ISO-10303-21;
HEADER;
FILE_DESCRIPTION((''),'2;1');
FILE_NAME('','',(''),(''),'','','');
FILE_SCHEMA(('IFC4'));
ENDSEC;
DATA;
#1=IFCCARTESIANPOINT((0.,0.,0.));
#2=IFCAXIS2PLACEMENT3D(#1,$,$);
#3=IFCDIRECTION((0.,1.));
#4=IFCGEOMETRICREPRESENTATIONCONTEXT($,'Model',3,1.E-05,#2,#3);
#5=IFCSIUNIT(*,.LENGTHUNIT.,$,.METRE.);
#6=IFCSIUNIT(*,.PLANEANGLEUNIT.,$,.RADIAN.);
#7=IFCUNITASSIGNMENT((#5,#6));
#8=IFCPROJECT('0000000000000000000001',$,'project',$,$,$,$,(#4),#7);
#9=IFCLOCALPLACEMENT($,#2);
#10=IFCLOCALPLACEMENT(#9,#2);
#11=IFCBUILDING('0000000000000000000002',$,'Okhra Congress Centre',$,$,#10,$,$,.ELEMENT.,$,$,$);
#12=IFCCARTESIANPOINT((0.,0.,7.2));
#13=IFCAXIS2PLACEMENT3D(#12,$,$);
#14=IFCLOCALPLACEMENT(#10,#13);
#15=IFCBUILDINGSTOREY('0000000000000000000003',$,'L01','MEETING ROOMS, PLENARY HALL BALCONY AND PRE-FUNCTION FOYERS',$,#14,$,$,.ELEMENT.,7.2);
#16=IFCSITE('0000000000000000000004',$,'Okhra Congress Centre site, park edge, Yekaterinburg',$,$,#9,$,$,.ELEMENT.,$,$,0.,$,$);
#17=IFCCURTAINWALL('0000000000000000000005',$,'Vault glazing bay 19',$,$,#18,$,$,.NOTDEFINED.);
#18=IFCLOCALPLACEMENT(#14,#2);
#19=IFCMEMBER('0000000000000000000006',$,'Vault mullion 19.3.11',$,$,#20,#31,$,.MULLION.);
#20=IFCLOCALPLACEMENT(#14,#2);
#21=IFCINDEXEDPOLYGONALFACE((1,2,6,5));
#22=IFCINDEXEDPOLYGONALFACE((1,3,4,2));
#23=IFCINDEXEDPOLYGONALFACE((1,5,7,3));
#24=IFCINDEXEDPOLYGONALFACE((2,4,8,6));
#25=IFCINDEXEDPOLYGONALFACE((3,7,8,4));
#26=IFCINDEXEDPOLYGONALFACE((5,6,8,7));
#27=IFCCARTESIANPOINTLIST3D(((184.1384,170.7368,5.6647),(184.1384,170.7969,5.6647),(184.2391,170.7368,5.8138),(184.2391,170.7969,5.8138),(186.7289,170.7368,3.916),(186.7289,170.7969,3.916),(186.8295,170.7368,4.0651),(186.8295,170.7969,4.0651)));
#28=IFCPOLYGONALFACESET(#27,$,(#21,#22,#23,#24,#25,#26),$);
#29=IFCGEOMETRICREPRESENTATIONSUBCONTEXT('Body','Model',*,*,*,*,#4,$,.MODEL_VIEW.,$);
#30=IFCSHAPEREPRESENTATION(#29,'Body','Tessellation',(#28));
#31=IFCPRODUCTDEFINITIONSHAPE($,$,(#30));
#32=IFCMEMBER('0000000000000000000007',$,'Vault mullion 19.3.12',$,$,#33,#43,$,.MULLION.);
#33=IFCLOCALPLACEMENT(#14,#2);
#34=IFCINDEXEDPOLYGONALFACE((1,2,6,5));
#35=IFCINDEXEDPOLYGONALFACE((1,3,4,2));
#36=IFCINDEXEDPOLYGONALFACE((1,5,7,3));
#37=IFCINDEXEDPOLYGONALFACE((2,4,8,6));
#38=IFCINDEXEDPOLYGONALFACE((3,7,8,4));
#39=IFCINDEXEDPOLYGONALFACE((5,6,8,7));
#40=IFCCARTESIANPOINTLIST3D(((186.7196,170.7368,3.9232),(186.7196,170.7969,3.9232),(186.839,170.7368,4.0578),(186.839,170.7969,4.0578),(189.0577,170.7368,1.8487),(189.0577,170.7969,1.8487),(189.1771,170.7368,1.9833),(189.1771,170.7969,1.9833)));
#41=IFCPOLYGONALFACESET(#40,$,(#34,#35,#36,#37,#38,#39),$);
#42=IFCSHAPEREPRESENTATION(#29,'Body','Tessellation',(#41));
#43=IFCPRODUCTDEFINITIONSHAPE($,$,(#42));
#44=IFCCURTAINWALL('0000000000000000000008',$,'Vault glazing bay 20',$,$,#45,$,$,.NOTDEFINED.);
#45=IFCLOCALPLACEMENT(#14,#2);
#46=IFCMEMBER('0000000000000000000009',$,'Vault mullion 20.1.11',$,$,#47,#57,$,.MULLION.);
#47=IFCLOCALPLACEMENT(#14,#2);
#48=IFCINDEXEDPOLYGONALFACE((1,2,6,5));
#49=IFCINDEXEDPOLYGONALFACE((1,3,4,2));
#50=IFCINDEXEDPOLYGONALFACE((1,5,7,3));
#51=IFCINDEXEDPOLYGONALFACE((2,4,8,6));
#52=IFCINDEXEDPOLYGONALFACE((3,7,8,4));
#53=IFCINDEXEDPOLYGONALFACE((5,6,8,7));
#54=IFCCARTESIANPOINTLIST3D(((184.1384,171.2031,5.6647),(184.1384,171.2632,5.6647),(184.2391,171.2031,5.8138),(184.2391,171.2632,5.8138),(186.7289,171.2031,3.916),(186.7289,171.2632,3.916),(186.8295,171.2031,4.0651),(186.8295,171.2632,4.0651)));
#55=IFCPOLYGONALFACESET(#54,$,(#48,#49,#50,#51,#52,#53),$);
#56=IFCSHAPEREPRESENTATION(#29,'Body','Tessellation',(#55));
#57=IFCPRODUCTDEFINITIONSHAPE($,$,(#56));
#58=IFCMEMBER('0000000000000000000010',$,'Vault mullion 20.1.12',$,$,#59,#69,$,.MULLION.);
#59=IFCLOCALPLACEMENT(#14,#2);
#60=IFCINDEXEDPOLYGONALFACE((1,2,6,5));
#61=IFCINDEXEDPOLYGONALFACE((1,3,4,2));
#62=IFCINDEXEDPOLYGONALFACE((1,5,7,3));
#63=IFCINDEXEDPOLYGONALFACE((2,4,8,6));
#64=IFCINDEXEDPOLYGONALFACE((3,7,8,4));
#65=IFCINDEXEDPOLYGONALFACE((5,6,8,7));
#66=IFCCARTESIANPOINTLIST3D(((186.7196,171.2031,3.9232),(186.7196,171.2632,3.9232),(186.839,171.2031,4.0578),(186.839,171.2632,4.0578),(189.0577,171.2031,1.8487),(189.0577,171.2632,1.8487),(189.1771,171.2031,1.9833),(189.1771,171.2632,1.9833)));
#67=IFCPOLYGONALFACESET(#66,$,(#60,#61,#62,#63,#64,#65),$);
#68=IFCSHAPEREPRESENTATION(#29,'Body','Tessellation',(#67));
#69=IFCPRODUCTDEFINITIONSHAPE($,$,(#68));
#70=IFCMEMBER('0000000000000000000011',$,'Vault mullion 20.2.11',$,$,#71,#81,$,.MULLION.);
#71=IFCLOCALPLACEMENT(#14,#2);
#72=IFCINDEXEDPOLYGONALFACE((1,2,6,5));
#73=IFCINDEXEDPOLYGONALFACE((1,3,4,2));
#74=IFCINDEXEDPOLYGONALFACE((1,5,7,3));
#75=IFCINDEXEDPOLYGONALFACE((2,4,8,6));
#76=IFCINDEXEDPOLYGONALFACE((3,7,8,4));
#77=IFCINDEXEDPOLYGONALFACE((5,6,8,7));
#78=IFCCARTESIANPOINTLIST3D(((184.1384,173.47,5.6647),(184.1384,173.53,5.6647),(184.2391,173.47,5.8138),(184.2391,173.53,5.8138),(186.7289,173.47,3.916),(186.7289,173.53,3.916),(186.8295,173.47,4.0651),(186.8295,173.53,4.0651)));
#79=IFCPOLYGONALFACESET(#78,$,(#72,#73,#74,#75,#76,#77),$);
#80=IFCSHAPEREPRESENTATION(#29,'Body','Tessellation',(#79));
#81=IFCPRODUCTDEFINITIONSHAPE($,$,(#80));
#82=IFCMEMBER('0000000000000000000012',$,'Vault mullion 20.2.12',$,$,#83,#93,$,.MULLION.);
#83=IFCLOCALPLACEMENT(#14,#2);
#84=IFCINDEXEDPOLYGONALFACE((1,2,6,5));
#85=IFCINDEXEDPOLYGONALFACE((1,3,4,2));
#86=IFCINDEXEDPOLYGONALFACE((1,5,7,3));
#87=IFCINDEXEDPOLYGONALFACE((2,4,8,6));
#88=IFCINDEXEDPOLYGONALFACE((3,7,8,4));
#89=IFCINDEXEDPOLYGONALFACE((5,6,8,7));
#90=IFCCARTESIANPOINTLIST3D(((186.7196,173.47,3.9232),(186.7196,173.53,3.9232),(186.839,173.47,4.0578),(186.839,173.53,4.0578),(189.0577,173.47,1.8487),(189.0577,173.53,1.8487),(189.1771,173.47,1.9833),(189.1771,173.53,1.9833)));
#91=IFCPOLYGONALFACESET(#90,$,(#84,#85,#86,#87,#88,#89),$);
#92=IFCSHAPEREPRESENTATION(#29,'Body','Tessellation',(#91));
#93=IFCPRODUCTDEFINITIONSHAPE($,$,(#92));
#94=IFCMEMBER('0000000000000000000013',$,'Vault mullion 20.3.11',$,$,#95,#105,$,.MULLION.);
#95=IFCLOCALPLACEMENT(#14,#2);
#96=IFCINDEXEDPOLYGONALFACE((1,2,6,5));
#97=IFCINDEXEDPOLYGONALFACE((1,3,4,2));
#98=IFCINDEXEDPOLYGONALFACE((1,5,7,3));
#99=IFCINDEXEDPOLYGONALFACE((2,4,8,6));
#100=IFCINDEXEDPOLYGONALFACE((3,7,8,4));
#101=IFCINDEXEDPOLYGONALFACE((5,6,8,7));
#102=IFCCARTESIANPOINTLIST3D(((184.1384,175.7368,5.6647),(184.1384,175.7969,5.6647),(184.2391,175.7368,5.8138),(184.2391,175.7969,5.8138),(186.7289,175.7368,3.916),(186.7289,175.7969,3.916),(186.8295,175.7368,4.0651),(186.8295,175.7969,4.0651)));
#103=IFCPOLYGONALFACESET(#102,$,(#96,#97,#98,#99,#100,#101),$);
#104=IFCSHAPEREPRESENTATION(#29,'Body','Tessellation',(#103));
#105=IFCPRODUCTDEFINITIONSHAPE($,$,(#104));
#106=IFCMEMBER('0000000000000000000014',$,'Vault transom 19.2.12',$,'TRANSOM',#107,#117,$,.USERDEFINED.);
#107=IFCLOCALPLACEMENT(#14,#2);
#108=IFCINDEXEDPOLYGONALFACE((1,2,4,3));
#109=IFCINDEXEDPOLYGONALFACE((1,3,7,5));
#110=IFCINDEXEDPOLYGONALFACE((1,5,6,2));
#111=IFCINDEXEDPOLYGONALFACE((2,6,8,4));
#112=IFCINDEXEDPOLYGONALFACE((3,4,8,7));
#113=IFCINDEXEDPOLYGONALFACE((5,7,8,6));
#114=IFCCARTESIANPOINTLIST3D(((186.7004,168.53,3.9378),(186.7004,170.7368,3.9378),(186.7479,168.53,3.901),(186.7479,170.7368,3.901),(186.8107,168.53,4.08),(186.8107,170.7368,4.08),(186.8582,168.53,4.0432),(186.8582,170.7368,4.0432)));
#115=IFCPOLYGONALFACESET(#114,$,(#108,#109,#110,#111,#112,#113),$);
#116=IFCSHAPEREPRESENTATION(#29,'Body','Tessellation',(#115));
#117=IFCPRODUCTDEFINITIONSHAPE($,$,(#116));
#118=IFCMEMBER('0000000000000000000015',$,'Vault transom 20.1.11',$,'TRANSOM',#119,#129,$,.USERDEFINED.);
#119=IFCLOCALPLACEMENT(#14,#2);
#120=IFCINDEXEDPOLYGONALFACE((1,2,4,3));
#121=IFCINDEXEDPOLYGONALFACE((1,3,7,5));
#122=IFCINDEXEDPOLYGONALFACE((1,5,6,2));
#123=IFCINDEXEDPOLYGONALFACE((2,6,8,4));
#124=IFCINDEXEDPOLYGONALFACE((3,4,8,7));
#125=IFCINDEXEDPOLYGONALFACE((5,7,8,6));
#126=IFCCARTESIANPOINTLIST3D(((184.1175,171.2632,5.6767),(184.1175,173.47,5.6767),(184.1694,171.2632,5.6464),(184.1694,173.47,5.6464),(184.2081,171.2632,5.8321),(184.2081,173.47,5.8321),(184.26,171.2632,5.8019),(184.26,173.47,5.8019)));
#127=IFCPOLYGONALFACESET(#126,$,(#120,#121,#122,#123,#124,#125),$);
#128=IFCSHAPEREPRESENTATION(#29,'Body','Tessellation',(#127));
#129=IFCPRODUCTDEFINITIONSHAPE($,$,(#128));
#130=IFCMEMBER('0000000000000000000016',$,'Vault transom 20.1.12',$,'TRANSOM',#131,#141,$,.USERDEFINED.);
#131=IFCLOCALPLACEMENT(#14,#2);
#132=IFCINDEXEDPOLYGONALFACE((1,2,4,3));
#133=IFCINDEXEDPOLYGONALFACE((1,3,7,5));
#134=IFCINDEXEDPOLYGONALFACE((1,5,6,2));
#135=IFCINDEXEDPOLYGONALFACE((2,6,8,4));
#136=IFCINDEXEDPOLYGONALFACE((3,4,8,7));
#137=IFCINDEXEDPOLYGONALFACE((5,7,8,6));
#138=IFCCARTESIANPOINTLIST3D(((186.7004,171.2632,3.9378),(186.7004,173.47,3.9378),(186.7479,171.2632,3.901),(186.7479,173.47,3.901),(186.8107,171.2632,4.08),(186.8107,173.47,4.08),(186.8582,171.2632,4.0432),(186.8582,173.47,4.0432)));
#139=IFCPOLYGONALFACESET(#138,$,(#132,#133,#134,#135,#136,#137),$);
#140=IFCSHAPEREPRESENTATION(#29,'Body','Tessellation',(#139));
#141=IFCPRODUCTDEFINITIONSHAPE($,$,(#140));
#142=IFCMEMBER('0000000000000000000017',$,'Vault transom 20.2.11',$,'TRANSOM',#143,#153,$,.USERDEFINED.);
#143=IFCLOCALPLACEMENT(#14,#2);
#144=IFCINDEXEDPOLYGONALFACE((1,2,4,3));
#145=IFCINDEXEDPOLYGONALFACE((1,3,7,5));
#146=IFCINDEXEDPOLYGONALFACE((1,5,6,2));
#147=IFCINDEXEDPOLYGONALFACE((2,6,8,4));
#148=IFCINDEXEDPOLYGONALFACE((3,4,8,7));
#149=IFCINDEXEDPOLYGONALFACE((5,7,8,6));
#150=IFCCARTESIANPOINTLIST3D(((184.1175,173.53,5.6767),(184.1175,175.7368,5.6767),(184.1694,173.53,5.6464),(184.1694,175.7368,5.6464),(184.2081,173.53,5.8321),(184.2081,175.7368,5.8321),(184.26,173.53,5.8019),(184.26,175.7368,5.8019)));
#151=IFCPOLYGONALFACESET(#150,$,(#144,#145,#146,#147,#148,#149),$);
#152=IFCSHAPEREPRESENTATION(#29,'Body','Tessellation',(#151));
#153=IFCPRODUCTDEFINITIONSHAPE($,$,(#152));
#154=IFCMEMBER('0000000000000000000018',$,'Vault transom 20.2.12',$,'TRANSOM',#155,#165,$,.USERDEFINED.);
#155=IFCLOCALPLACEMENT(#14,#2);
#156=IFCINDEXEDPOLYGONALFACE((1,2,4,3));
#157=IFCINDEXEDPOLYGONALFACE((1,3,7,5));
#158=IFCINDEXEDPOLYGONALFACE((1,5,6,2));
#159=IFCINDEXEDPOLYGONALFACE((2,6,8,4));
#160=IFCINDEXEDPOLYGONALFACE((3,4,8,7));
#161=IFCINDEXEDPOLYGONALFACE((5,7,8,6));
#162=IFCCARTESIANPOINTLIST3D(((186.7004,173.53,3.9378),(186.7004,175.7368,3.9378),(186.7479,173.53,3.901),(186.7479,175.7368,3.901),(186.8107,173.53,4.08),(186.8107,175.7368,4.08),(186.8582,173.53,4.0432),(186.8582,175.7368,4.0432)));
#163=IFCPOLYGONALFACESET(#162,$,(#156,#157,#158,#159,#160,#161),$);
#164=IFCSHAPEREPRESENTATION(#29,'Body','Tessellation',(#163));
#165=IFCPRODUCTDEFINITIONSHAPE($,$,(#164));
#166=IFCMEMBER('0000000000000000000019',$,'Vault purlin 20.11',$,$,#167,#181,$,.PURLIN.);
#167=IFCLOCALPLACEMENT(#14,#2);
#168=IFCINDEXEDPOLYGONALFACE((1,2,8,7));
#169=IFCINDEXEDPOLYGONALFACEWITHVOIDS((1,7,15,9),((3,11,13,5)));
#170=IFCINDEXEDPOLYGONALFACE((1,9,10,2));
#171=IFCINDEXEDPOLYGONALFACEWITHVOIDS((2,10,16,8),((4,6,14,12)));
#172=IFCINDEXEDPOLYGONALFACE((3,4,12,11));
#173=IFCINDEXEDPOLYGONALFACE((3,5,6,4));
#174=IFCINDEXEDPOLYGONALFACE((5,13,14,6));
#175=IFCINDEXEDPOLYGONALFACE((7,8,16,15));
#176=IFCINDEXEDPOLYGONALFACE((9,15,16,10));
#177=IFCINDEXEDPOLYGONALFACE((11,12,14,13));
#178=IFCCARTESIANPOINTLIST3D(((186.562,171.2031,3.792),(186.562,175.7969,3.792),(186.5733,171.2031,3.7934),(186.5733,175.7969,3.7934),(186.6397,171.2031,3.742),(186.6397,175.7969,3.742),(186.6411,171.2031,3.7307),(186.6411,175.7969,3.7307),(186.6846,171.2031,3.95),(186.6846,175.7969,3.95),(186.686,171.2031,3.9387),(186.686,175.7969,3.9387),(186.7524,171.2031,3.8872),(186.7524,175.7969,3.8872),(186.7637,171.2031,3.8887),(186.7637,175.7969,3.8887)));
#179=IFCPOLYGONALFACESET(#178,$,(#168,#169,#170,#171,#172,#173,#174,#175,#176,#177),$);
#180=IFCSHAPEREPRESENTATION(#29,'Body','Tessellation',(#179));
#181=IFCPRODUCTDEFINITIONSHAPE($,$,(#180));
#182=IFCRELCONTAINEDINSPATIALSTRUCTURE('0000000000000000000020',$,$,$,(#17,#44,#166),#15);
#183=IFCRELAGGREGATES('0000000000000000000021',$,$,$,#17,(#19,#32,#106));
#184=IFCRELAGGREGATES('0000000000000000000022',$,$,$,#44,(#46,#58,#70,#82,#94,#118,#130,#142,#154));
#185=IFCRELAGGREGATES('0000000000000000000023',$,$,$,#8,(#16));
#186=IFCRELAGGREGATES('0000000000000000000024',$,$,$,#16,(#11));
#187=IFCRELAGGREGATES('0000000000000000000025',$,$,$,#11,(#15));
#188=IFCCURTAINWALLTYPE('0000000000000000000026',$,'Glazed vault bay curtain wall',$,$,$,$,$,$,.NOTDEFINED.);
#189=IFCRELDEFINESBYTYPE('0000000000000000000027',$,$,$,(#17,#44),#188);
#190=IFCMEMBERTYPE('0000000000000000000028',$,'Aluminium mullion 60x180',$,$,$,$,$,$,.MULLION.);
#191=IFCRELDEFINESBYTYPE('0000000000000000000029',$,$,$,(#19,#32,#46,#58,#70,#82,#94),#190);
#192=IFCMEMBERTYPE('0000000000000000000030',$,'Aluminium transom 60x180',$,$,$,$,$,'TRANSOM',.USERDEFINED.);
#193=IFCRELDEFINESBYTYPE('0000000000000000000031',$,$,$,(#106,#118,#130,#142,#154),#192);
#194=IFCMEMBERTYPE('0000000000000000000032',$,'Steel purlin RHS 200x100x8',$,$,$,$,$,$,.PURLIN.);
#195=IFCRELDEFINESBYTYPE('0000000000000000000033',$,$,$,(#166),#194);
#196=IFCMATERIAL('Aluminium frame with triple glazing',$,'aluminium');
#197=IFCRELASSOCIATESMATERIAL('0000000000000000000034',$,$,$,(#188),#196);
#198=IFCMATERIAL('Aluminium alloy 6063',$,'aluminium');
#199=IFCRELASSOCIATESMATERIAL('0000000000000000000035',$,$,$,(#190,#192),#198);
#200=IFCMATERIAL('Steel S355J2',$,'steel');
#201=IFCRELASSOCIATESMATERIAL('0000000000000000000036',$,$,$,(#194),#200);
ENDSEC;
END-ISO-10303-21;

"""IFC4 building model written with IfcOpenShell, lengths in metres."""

from ifc_helpers import new_model, si_unit, direction, frame, origin, origin_2d, place, context, subcontext, project, spatial, rectangle, hollow_rectangle, extrude, material, material_profile, profile_set, type_object, element, aggregate, save


model = new_model("IFC4")

# Units and contexts
model_context = context("Model", 3, precision=1e-05, world=origin(), true_north=direction((0.0, 1.0)))
body_context = subcontext(model_context, "Body", "Model", "MODEL_VIEW")
ifc_project = project(units=[si_unit("LENGTHUNIT", "METRE"), si_unit("PLANEANGLEUNIT", "RADIAN")], contexts=[model_context])

# Site, building, storey
site_placement = place(None, origin())
site = spatial("IfcSite", under=ifc_project, at=site_placement, Name="Okhra Congress Centre site, park edge, Yekaterinburg", CompositionType="ELEMENT", RefElevation=0.0)
building_placement = place(site_placement, origin())
building = spatial("IfcBuilding", under=site, at=building_placement, Name="Okhra Congress Centre", CompositionType="ELEMENT")
storey_placement = place(building_placement, frame((0.0, 0.0, 7.2)))
storey = spatial("IfcBuildingStorey", under=building, at=storey_placement, Name="L01", Description="MEETING ROOMS, PLENARY HALL BALCONY AND PRE-FUNCTION FOYERS", CompositionType="ELEMENT", Elevation=7.2)

# Curtain walls, members
ifc_material_1 = material(Name="Aluminium frame with triple glazing", Category="aluminium")
curtain_wall_type = type_object("IfcCurtainWallType", Name="Glazed vault bay curtain wall", PredefinedType="NOTDEFINED", material=ifc_material_1)
curtain_wall_1_placement = place(storey_placement, origin())
curtain_wall_1 = element("IfcCurtainWall", 1, at=curtain_wall_1_placement, inside=storey, type_object=curtain_wall_type, Name="Vault glazing bay 19", PredefinedType="NOTDEFINED")
ifc_material_2 = material(Name="Aluminium alloy 6063", Category="aluminium")
ifc_material_profile_1 = material_profile(ifc_material_2, rectangle(XDim=0.0601, YDim=0.1799, at=origin_2d()), Name="AL 60x180")
ifc_profile_set_1 = profile_set([ifc_material_profile_1], Name="Aluminium alloy 6063")
member_type_1 = type_object("IfcMemberType", Name="Aluminium mullion 60x180", PredefinedType="MULLION", material=ifc_profile_set_1)
member_1_placement = place(storey_placement, frame((184.1887, 170.7668, 5.7393), z_axis=(0.828828, 0.0, -0.559504), x_axis=(0.0, 1.0, 0.0)))
member_1 = element("IfcMember", 2, at=member_1_placement, type_object=member_type_1, Name="Vault mullion 19.3.11", PredefinedType="MULLION", context=body_context, shape_type="SweptSolid", body=[
    extrude(rectangle(XDim=0.0601, YDim=0.1799, at=origin_2d()), origin(), (0.0, 0.0, 1.0), 3.1255),
])
member_2_placement = place(storey_placement, frame((186.7793, 170.7668, 3.9905), z_axis=(0.748025, 0.0, -0.66367), x_axis=(0.0, 1.0, 0.0)))
member_2 = element("IfcMember", 3, at=member_2_placement, type_object=member_type_1, Name="Vault mullion 19.3.12", PredefinedType="MULLION", context=body_context, shape_type="SweptSolid", body=[
    extrude(rectangle(XDim=0.0601, YDim=0.1799, at=origin_2d()), origin(), (0.0, 0.0, 1.0), 3.1257),
])
curtain_wall_2_placement = place(storey_placement, origin())
curtain_wall_2 = element("IfcCurtainWall", 4, at=curtain_wall_2_placement, inside=storey, type_object=curtain_wall_type, Name="Vault glazing bay 20", PredefinedType="NOTDEFINED")
member_3_placement = place(storey_placement, frame((184.1887, 171.2332, 5.7393), z_axis=(0.828828, 0.0, -0.559504), x_axis=(0.0, 1.0, 0.0)))
member_3 = element("IfcMember", 5, at=member_3_placement, type_object=member_type_1, Name="Vault mullion 20.1.11", PredefinedType="MULLION", context=body_context, shape_type="SweptSolid", body=[
    extrude(rectangle(XDim=0.0601, YDim=0.1799, at=origin_2d()), origin(), (0.0, 0.0, 1.0), 3.1255),
])
member_4_placement = place(storey_placement, frame((186.7793, 171.2332, 3.9905), z_axis=(0.748025, 0.0, -0.66367), x_axis=(0.0, 1.0, 0.0)))
member_4 = element("IfcMember", 6, at=member_4_placement, type_object=member_type_1, Name="Vault mullion 20.1.12", PredefinedType="MULLION", context=body_context, shape_type="SweptSolid", body=[
    extrude(rectangle(XDim=0.0601, YDim=0.1799, at=origin_2d()), origin(), (0.0, 0.0, 1.0), 3.1257),
])
member_5_placement = place(storey_placement, frame((184.1887, 173.5, 5.7393), z_axis=(0.828828, 0.0, -0.559504), x_axis=(0.0, 1.0, 0.0)))
member_5 = element("IfcMember", 7, at=member_5_placement, type_object=member_type_1, Name="Vault mullion 20.2.11", PredefinedType="MULLION", context=body_context, shape_type="SweptSolid", body=[
    extrude(rectangle(XDim=0.0601, YDim=0.1799, at=origin_2d()), origin(), (0.0, 0.0, 1.0), 3.1255),
])
member_6_placement = place(storey_placement, frame((186.7793, 173.5, 3.9905), z_axis=(0.748025, 0.0, -0.66367), x_axis=(0.0, 1.0, 0.0)))
member_6 = element("IfcMember", 8, at=member_6_placement, type_object=member_type_1, Name="Vault mullion 20.2.12", PredefinedType="MULLION", context=body_context, shape_type="SweptSolid", body=[
    extrude(rectangle(XDim=0.0601, YDim=0.1799, at=origin_2d()), origin(), (0.0, 0.0, 1.0), 3.1257),
])
member_7_placement = place(storey_placement, frame((184.1887, 175.7668, 5.7393), z_axis=(0.828828, 0.0, -0.559504), x_axis=(0.0, 1.0, 0.0)))
member_7 = element("IfcMember", 9, at=member_7_placement, type_object=member_type_1, Name="Vault mullion 20.3.11", PredefinedType="MULLION", context=body_context, shape_type="SweptSolid", body=[
    extrude(rectangle(XDim=0.0601, YDim=0.1799, at=origin_2d()), origin(), (0.0, 0.0, 1.0), 3.1255),
])

# Members
ifc_material_profile_2 = material_profile(ifc_material_2, rectangle(XDim=0.0601, YDim=0.1799, at=origin_2d()), Name="AL 60x180 transom")
ifc_profile_set_2 = profile_set([ifc_material_profile_2], Name="Aluminium alloy 6063")
member_type_2 = type_object("IfcMemberType", Name="Aluminium transom 60x180", ElementType="TRANSOM", PredefinedType="USERDEFINED", material=ifc_profile_set_2)
member_8_placement = place(storey_placement, frame((186.7793, 168.53, 3.9905), z_axis=(0.0, 1.0, 0.0), x_axis=(-0.790145, 0.0, 0.61292)))
member_8 = element("IfcMember", 10, at=member_8_placement, type_object=member_type_2, Name="Vault transom 19.2.12", ObjectType="TRANSOM", PredefinedType="USERDEFINED", context=body_context, shape_type="SweptSolid", body=[
    extrude(rectangle(XDim=0.0601, YDim=0.1799, at=origin_2d()), origin(), (0.0, 0.0, 1.0), 2.2068),
])
member_9_placement = place(storey_placement, frame((184.1887, 171.2632, 5.7393), z_axis=(0.0, 1.0, 0.0), x_axis=(-0.863917, 0.0, 0.503634)))
member_9 = element("IfcMember", 11, at=member_9_placement, type_object=member_type_2, Name="Vault transom 20.1.11", ObjectType="TRANSOM", PredefinedType="USERDEFINED", context=body_context, shape_type="SweptSolid", body=[
    extrude(rectangle(XDim=0.0601, YDim=0.1799, at=origin_2d()), origin(), (0.0, 0.0, 1.0), 2.2068),
])
member_10_placement = place(storey_placement, frame((186.7793, 171.2632, 3.9905), z_axis=(0.0, 1.0, 0.0), x_axis=(-0.790145, 0.0, 0.61292)))
member_10 = element("IfcMember", 12, at=member_10_placement, type_object=member_type_2, Name="Vault transom 20.1.12", ObjectType="TRANSOM", PredefinedType="USERDEFINED", context=body_context, shape_type="SweptSolid", body=[
    extrude(rectangle(XDim=0.0601, YDim=0.1799, at=origin_2d()), origin(), (0.0, 0.0, 1.0), 2.2068),
])
member_11_placement = place(storey_placement, frame((184.1887, 173.53, 5.7393), z_axis=(0.0, 1.0, 0.0), x_axis=(-0.863917, 0.0, 0.503634)))
member_11 = element("IfcMember", 13, at=member_11_placement, type_object=member_type_2, Name="Vault transom 20.2.11", ObjectType="TRANSOM", PredefinedType="USERDEFINED", context=body_context, shape_type="SweptSolid", body=[
    extrude(rectangle(XDim=0.0601, YDim=0.1799, at=origin_2d()), origin(), (0.0, 0.0, 1.0), 2.2068),
])
member_12_placement = place(storey_placement, frame((186.7793, 173.53, 3.9905), z_axis=(0.0, 1.0, 0.0), x_axis=(-0.790145, 0.0, 0.61292)))
member_12 = element("IfcMember", 14, at=member_12_placement, type_object=member_type_2, Name="Vault transom 20.2.12", ObjectType="TRANSOM", PredefinedType="USERDEFINED", context=body_context, shape_type="SweptSolid", body=[
    extrude(rectangle(XDim=0.0601, YDim=0.1799, at=origin_2d()), origin(), (0.0, 0.0, 1.0), 2.2068),
])

# Member
ifc_material_3 = material(Name="Steel S355J2", Category="steel")
ifc_material_profile_3 = material_profile(ifc_material_3, hollow_rectangle(XDim=0.1001, YDim=0.2, WallThickness=0.0081, at=origin_2d()), Name="RHS 200x100x8")
ifc_profile_set_3 = profile_set([ifc_material_profile_3], Name="Steel S355J2")
member_type_3 = type_object("IfcMemberType", Name="Steel purlin RHS 200x100x8", PredefinedType="PURLIN", material=ifc_profile_set_3)
member_13_placement = place(storey_placement, frame((186.6628, 171.2031, 3.8403), z_axis=(0.0, 1.0, 0.0), x_axis=(-0.790145, 0.0, 0.61292)))
element("IfcMember", 15, at=member_13_placement, inside=storey, type_object=member_type_3, Name="Vault purlin 20.11", PredefinedType="PURLIN", context=body_context, shape_type="SweptSolid", body=[
    extrude(hollow_rectangle(XDim=0.1001, YDim=0.2, WallThickness=0.0081, at=origin_2d()), origin(), (0.0, 0.0, 1.0), 4.5938),
])

aggregate(curtain_wall_1, [member_1, member_2, member_8])
aggregate(curtain_wall_2, [member_3, member_4, member_5, member_6, member_7, member_9, member_10, member_11, member_12])

save(model, "model.ifc")
